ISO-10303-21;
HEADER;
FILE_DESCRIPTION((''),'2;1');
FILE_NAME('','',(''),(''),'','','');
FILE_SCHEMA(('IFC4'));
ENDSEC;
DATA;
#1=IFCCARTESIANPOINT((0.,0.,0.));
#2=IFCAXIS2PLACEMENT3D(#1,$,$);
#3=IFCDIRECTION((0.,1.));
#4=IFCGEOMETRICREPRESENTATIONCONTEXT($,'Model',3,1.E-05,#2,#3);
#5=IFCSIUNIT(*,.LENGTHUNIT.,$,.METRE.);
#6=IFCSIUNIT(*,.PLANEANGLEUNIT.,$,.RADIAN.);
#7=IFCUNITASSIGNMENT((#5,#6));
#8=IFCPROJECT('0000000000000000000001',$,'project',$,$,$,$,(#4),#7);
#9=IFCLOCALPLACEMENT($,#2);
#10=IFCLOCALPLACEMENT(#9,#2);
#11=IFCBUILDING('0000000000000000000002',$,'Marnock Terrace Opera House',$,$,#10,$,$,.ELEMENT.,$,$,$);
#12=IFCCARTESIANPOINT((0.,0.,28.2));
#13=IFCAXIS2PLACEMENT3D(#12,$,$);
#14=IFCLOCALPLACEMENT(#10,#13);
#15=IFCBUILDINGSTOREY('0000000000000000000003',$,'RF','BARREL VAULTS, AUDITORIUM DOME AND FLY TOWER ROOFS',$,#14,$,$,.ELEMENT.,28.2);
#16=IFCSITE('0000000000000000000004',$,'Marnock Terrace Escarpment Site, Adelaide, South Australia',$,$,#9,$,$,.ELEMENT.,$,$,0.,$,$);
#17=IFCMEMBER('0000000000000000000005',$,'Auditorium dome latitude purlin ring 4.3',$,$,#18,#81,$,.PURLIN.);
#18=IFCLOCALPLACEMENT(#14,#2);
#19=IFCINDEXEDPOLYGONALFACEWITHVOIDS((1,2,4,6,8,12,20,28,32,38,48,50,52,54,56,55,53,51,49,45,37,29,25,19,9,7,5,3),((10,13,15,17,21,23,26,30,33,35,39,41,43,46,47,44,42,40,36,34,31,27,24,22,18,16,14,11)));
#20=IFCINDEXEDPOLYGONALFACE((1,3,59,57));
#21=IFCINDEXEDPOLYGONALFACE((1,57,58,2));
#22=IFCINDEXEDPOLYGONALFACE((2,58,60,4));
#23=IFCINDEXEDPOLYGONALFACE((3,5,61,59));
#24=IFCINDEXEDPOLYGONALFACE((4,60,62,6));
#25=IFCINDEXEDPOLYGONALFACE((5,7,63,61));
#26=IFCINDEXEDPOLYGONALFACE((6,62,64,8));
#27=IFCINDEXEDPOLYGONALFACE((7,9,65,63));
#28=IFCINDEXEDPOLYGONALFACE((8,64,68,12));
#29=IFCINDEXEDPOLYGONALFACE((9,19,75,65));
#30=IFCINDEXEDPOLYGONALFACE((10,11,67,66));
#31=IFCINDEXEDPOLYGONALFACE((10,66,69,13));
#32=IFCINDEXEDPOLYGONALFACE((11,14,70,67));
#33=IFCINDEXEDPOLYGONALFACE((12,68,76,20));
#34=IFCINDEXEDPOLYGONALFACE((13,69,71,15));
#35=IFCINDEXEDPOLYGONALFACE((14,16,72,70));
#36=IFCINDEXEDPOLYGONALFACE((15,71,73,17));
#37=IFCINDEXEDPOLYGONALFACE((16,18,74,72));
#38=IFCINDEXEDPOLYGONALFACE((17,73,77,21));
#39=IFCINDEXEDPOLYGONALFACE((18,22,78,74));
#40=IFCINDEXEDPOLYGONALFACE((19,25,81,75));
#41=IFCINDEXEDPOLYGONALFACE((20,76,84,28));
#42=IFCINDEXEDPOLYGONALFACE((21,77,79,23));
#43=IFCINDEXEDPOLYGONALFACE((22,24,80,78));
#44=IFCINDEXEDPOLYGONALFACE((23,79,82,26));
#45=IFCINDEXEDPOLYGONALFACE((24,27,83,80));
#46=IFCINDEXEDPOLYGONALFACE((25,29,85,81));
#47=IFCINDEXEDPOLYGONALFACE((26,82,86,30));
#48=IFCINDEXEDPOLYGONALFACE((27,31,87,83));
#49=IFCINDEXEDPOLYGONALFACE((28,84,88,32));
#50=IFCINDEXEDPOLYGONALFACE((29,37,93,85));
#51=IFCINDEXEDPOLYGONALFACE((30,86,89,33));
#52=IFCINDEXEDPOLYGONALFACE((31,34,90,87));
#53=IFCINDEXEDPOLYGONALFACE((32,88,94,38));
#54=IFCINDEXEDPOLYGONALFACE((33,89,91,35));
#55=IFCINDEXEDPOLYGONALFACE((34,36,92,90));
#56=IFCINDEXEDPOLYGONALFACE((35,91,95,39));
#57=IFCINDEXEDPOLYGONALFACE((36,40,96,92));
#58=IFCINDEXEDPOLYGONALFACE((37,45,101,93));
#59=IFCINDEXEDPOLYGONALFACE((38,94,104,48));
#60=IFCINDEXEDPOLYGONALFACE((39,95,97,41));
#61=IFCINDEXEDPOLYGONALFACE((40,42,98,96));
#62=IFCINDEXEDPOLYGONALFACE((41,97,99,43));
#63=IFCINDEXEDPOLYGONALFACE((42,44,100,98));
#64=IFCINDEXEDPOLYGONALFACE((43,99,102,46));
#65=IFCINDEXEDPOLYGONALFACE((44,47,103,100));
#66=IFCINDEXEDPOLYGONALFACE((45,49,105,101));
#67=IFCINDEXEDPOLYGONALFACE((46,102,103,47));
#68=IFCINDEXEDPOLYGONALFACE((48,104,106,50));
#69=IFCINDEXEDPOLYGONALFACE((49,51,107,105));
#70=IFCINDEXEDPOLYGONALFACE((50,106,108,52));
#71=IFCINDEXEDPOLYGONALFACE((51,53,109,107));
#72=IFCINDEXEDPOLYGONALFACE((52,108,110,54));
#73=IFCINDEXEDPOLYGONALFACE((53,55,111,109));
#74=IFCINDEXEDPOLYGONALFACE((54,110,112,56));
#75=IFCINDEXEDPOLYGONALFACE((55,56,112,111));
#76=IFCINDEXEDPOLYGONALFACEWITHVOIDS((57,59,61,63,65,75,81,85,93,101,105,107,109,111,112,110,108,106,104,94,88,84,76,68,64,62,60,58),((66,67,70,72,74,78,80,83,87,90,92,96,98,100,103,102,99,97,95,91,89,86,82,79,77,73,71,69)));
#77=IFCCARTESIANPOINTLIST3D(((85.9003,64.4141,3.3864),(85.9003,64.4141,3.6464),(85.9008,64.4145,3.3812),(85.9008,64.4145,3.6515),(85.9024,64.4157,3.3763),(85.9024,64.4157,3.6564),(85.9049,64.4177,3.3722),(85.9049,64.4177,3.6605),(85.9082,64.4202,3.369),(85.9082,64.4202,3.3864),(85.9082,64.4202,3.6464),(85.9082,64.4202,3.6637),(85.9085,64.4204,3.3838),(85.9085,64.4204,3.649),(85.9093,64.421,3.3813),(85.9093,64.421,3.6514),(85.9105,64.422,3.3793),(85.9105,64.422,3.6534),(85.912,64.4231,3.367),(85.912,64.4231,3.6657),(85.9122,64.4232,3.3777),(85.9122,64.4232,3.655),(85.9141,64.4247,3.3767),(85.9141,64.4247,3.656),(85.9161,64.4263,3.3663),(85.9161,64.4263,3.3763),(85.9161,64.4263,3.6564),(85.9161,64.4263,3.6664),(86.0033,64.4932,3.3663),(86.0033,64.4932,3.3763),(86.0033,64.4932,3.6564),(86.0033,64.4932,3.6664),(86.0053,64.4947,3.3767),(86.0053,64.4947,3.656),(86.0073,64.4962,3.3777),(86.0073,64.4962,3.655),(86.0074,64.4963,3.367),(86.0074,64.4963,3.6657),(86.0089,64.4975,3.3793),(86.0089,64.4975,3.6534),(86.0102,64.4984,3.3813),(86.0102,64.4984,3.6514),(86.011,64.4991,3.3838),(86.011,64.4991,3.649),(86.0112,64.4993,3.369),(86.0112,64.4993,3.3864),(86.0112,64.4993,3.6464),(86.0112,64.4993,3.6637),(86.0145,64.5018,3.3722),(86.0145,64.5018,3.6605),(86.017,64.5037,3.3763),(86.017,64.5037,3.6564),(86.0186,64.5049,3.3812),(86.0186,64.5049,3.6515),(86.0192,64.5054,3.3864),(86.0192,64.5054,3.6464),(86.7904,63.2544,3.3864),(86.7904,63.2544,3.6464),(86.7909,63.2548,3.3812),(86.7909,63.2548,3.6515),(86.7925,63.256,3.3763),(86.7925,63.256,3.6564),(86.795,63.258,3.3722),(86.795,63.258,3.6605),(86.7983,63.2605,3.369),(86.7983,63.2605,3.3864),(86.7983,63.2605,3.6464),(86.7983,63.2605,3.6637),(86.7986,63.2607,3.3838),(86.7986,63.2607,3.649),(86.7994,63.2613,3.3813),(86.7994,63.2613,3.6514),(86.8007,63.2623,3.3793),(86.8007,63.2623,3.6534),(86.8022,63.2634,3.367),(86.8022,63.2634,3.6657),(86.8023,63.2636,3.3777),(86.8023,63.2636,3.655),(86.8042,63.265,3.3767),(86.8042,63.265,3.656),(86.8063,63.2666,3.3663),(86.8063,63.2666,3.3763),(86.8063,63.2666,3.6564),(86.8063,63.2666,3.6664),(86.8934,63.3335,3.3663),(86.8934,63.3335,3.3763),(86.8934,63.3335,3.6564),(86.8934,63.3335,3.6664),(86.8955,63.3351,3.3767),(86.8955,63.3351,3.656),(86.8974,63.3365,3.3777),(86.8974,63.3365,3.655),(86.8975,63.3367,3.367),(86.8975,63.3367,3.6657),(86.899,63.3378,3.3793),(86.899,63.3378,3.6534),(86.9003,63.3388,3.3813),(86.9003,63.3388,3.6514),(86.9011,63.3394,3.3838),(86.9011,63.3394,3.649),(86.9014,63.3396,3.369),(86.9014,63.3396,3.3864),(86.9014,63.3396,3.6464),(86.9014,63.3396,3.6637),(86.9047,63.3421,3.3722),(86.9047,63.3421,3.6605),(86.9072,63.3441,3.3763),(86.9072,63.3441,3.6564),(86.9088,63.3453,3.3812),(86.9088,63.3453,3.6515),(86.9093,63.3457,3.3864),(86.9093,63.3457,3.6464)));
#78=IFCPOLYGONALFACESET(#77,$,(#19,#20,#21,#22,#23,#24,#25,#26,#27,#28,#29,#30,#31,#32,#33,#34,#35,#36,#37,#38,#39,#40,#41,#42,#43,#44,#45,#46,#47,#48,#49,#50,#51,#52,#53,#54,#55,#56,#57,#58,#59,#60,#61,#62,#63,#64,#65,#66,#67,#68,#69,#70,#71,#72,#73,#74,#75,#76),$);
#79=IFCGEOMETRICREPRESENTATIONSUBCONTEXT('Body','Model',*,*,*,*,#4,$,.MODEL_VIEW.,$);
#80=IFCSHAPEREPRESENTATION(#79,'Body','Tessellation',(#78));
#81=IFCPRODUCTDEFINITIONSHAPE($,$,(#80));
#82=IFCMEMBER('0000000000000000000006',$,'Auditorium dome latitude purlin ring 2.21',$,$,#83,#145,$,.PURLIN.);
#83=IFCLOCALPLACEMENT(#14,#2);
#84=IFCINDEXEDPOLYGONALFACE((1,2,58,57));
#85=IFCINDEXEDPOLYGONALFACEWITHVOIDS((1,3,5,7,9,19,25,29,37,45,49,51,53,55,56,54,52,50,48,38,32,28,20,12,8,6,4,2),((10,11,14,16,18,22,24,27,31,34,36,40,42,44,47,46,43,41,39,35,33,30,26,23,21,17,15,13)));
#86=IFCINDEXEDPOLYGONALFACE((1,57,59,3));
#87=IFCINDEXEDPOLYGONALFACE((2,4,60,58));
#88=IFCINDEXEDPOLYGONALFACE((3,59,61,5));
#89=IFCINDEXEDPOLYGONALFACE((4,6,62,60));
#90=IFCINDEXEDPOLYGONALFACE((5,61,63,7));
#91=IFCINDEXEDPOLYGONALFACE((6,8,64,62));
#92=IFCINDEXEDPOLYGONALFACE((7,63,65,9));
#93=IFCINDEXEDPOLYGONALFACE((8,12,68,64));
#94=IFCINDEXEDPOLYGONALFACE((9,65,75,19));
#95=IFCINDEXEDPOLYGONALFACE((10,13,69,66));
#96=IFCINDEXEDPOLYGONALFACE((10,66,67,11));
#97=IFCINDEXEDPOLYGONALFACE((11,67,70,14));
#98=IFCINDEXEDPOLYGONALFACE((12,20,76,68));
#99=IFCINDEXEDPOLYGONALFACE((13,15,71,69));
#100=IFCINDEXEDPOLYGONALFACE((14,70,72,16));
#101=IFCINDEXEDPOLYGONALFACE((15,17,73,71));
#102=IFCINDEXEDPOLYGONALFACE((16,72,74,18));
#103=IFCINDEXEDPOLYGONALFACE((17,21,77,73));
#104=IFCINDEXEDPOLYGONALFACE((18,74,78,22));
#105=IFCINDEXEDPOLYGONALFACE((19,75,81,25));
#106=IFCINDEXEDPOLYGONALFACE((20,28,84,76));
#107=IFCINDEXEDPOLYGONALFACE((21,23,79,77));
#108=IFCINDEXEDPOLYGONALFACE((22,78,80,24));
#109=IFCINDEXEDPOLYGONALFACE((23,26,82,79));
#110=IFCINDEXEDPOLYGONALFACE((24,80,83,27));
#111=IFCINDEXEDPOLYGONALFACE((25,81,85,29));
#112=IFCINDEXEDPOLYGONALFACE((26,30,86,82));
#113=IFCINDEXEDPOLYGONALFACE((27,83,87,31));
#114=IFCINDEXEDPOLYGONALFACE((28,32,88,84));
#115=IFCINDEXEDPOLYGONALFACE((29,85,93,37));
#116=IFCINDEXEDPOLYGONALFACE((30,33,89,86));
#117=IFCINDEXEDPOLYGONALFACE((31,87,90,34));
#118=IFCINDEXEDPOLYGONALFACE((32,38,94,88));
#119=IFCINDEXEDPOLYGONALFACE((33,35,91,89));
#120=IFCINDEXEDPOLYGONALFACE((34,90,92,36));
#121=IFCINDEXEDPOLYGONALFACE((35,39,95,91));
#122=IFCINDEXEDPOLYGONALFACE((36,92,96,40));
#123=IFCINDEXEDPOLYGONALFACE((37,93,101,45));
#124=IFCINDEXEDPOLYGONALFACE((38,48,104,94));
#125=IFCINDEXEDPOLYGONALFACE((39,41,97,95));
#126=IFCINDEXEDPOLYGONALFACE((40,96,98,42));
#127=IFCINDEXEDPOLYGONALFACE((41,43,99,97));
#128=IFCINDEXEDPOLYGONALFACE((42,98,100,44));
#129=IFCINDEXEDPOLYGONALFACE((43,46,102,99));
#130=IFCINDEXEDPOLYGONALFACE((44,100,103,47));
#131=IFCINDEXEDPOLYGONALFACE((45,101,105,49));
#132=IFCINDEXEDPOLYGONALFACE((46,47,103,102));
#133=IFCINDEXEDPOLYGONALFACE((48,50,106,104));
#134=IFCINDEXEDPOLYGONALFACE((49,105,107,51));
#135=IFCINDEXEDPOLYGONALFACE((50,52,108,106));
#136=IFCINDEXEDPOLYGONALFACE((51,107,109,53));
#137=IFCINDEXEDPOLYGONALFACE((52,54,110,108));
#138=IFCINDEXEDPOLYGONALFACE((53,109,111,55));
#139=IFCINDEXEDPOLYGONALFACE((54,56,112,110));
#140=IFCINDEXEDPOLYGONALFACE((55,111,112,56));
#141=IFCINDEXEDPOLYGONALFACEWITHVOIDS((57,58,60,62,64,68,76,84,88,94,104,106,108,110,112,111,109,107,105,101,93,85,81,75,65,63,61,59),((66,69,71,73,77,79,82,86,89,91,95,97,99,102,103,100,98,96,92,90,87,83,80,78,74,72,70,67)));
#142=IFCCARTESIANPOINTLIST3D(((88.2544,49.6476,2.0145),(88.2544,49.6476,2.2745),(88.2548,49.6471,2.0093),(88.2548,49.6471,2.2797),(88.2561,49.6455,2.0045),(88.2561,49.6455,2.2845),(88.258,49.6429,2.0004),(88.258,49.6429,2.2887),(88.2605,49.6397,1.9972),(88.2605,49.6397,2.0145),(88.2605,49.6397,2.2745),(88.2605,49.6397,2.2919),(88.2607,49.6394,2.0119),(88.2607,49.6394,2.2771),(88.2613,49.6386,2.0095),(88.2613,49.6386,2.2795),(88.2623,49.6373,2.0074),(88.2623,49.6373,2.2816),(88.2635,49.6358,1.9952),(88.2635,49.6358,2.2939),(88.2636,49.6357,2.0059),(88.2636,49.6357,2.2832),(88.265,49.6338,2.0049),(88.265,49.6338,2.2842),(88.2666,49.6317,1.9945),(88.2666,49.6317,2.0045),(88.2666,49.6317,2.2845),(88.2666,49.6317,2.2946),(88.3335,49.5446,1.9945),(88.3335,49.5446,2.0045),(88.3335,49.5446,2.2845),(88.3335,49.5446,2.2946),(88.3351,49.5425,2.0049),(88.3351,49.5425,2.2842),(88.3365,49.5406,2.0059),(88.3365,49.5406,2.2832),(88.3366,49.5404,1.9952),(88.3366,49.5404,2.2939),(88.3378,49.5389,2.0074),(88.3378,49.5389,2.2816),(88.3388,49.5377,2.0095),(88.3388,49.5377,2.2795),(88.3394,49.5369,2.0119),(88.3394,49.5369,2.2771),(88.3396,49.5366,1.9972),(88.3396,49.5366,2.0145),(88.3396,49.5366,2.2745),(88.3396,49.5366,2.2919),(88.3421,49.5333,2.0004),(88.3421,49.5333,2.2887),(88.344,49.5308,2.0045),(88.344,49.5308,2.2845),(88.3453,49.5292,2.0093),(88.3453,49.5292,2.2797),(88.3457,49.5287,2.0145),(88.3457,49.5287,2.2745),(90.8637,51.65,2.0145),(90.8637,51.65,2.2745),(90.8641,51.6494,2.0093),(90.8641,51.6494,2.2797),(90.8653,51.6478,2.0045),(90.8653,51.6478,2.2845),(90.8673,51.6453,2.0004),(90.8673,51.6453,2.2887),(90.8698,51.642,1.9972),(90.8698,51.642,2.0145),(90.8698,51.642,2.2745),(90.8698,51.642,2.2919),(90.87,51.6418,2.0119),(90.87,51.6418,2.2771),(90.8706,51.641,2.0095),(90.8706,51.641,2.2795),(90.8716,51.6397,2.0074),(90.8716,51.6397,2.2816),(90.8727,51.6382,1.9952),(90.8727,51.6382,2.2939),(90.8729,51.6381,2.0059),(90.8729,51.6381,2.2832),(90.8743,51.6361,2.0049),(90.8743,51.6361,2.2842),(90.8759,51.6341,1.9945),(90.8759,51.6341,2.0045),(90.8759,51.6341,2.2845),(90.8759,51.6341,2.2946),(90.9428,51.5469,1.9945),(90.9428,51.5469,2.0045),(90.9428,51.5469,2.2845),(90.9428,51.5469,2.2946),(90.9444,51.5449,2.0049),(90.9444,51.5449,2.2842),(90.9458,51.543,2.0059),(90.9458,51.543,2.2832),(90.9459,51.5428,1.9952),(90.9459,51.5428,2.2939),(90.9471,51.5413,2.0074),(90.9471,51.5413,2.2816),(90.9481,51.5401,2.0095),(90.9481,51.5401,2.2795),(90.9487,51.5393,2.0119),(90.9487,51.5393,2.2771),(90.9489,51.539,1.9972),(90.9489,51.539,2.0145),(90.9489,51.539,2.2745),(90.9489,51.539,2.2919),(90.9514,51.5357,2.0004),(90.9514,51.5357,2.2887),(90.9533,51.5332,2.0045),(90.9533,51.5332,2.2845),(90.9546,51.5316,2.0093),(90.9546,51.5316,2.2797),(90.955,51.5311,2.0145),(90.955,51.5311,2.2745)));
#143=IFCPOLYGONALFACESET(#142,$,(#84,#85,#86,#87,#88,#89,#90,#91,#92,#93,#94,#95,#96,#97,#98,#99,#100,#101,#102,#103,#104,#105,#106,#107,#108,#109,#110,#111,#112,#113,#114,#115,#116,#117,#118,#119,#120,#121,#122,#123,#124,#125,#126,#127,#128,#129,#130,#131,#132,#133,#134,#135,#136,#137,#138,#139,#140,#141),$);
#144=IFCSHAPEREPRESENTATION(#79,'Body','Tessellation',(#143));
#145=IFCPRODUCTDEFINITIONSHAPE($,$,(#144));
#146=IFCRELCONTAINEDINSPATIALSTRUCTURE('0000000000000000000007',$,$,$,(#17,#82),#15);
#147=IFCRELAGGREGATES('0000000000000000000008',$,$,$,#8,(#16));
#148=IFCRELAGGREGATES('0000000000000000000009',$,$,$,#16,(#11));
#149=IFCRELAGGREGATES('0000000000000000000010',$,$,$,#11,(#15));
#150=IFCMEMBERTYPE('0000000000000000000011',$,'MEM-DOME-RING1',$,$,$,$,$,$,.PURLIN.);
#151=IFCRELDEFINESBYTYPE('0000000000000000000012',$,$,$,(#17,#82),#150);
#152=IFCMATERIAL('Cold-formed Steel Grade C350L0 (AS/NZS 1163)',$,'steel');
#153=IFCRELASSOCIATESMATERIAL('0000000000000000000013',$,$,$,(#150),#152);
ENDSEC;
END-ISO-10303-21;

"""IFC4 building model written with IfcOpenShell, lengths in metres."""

from ifc_helpers import new_model, si_unit, direction, frame, origin, origin_2d, place, context, subcontext, project, spatial, hollow_rectangle, extrude, material, material_profile, profile_set, type_object, element, save


model = new_model("IFC4")

# Units and contexts
model_context = context("Model", 3, precision=1e-05, world=origin(), true_north=direction((0.0, 1.0)))
body_context = subcontext(model_context, "Body", "Model", "MODEL_VIEW")
ifc_project = project(units=[si_unit("LENGTHUNIT", "METRE"), si_unit("PLANEANGLEUNIT", "RADIAN")], contexts=[model_context])

# Site, building, storey
site_placement = place(None, origin())
site = spatial("IfcSite", under=ifc_project, at=site_placement, Name="Marnock Terrace Escarpment Site, Adelaide, South Australia", CompositionType="ELEMENT", RefElevation=0.0)
building_placement = place(site_placement, origin())
building = spatial("IfcBuilding", under=site, at=building_placement, Name="Marnock Terrace Opera House", CompositionType="ELEMENT")
storey_placement = place(building_placement, frame((0.0, 0.0, 28.2)))
storey = spatial("IfcBuildingStorey", under=building, at=storey_placement, Name="RF", Description="BARREL VAULTS, AUDITORIUM DOME AND FLY TOWER ROOFS", CompositionType="ELEMENT", Elevation=28.2)

# Members
ifc_material_1 = material(Name="Cold-formed Steel Grade C350L0 (AS/NZS 1163)", Category="steel")
ifc_material_profile_1 = material_profile(ifc_material_1, hollow_rectangle(XDim=0.1499, YDim=0.3, WallThickness=0.01, InnerFilletRadius=0.01, OuterFilletRadius=0.02, at=origin_2d()))
ifc_profile_set_1 = profile_set([ifc_material_profile_1], Name="Cold-formed Steel Grade C350L0 (AS/NZS 1163)")
member_type_1 = type_object("IfcMemberType", Name="MEM-DOME-RING1", PredefinedType="PURLIN", material=ifc_profile_set_1)
for number, where, z_axis, x_axis, name in (
    (1, (86.8499, 63.3, 3.5164), (-0.608887, 0.793257, 0.0), (-0.793257, -0.608887, 0.0), "Auditorium dome latitude purlin ring 4.3"),
):
    element("IfcMember", number, at=place(storey_placement, frame(where, z_axis=z_axis, x_axis=x_axis)), inside=storey, type_object=member_type_1, Name=name, PredefinedType="PURLIN", context=body_context, shape_type="SweptSolid", body=[
        extrude(hollow_rectangle(XDim=0.1499, YDim=0.3, WallThickness=0.01, InnerFilletRadius=0.01, OuterFilletRadius=0.02, at=origin_2d()), origin(), (0.0, 0.0, 1.0), 1.4619),
    ])
for number, where, z_axis, x_axis, name in (
    (2, (88.3, 49.5881, 2.1445), (0.793324, 0.608799, 0.0), (-0.608799, 0.793324, 0.0), "Auditorium dome latitude purlin ring 2.21"),
):
    element("IfcMember", number, at=place(storey_placement, frame(where, z_axis=z_axis, x_axis=x_axis)), inside=storey, type_object=member_type_1, Name=name, PredefinedType="PURLIN", context=body_context, shape_type="SweptSolid", body=[
        extrude(hollow_rectangle(XDim=0.1499, YDim=0.3, WallThickness=0.01, InnerFilletRadius=0.01, OuterFilletRadius=0.02, at=origin_2d()), origin(), (0.0, 0.0, 1.0), 3.2891),
    ])

save(model, "model.ifc")
